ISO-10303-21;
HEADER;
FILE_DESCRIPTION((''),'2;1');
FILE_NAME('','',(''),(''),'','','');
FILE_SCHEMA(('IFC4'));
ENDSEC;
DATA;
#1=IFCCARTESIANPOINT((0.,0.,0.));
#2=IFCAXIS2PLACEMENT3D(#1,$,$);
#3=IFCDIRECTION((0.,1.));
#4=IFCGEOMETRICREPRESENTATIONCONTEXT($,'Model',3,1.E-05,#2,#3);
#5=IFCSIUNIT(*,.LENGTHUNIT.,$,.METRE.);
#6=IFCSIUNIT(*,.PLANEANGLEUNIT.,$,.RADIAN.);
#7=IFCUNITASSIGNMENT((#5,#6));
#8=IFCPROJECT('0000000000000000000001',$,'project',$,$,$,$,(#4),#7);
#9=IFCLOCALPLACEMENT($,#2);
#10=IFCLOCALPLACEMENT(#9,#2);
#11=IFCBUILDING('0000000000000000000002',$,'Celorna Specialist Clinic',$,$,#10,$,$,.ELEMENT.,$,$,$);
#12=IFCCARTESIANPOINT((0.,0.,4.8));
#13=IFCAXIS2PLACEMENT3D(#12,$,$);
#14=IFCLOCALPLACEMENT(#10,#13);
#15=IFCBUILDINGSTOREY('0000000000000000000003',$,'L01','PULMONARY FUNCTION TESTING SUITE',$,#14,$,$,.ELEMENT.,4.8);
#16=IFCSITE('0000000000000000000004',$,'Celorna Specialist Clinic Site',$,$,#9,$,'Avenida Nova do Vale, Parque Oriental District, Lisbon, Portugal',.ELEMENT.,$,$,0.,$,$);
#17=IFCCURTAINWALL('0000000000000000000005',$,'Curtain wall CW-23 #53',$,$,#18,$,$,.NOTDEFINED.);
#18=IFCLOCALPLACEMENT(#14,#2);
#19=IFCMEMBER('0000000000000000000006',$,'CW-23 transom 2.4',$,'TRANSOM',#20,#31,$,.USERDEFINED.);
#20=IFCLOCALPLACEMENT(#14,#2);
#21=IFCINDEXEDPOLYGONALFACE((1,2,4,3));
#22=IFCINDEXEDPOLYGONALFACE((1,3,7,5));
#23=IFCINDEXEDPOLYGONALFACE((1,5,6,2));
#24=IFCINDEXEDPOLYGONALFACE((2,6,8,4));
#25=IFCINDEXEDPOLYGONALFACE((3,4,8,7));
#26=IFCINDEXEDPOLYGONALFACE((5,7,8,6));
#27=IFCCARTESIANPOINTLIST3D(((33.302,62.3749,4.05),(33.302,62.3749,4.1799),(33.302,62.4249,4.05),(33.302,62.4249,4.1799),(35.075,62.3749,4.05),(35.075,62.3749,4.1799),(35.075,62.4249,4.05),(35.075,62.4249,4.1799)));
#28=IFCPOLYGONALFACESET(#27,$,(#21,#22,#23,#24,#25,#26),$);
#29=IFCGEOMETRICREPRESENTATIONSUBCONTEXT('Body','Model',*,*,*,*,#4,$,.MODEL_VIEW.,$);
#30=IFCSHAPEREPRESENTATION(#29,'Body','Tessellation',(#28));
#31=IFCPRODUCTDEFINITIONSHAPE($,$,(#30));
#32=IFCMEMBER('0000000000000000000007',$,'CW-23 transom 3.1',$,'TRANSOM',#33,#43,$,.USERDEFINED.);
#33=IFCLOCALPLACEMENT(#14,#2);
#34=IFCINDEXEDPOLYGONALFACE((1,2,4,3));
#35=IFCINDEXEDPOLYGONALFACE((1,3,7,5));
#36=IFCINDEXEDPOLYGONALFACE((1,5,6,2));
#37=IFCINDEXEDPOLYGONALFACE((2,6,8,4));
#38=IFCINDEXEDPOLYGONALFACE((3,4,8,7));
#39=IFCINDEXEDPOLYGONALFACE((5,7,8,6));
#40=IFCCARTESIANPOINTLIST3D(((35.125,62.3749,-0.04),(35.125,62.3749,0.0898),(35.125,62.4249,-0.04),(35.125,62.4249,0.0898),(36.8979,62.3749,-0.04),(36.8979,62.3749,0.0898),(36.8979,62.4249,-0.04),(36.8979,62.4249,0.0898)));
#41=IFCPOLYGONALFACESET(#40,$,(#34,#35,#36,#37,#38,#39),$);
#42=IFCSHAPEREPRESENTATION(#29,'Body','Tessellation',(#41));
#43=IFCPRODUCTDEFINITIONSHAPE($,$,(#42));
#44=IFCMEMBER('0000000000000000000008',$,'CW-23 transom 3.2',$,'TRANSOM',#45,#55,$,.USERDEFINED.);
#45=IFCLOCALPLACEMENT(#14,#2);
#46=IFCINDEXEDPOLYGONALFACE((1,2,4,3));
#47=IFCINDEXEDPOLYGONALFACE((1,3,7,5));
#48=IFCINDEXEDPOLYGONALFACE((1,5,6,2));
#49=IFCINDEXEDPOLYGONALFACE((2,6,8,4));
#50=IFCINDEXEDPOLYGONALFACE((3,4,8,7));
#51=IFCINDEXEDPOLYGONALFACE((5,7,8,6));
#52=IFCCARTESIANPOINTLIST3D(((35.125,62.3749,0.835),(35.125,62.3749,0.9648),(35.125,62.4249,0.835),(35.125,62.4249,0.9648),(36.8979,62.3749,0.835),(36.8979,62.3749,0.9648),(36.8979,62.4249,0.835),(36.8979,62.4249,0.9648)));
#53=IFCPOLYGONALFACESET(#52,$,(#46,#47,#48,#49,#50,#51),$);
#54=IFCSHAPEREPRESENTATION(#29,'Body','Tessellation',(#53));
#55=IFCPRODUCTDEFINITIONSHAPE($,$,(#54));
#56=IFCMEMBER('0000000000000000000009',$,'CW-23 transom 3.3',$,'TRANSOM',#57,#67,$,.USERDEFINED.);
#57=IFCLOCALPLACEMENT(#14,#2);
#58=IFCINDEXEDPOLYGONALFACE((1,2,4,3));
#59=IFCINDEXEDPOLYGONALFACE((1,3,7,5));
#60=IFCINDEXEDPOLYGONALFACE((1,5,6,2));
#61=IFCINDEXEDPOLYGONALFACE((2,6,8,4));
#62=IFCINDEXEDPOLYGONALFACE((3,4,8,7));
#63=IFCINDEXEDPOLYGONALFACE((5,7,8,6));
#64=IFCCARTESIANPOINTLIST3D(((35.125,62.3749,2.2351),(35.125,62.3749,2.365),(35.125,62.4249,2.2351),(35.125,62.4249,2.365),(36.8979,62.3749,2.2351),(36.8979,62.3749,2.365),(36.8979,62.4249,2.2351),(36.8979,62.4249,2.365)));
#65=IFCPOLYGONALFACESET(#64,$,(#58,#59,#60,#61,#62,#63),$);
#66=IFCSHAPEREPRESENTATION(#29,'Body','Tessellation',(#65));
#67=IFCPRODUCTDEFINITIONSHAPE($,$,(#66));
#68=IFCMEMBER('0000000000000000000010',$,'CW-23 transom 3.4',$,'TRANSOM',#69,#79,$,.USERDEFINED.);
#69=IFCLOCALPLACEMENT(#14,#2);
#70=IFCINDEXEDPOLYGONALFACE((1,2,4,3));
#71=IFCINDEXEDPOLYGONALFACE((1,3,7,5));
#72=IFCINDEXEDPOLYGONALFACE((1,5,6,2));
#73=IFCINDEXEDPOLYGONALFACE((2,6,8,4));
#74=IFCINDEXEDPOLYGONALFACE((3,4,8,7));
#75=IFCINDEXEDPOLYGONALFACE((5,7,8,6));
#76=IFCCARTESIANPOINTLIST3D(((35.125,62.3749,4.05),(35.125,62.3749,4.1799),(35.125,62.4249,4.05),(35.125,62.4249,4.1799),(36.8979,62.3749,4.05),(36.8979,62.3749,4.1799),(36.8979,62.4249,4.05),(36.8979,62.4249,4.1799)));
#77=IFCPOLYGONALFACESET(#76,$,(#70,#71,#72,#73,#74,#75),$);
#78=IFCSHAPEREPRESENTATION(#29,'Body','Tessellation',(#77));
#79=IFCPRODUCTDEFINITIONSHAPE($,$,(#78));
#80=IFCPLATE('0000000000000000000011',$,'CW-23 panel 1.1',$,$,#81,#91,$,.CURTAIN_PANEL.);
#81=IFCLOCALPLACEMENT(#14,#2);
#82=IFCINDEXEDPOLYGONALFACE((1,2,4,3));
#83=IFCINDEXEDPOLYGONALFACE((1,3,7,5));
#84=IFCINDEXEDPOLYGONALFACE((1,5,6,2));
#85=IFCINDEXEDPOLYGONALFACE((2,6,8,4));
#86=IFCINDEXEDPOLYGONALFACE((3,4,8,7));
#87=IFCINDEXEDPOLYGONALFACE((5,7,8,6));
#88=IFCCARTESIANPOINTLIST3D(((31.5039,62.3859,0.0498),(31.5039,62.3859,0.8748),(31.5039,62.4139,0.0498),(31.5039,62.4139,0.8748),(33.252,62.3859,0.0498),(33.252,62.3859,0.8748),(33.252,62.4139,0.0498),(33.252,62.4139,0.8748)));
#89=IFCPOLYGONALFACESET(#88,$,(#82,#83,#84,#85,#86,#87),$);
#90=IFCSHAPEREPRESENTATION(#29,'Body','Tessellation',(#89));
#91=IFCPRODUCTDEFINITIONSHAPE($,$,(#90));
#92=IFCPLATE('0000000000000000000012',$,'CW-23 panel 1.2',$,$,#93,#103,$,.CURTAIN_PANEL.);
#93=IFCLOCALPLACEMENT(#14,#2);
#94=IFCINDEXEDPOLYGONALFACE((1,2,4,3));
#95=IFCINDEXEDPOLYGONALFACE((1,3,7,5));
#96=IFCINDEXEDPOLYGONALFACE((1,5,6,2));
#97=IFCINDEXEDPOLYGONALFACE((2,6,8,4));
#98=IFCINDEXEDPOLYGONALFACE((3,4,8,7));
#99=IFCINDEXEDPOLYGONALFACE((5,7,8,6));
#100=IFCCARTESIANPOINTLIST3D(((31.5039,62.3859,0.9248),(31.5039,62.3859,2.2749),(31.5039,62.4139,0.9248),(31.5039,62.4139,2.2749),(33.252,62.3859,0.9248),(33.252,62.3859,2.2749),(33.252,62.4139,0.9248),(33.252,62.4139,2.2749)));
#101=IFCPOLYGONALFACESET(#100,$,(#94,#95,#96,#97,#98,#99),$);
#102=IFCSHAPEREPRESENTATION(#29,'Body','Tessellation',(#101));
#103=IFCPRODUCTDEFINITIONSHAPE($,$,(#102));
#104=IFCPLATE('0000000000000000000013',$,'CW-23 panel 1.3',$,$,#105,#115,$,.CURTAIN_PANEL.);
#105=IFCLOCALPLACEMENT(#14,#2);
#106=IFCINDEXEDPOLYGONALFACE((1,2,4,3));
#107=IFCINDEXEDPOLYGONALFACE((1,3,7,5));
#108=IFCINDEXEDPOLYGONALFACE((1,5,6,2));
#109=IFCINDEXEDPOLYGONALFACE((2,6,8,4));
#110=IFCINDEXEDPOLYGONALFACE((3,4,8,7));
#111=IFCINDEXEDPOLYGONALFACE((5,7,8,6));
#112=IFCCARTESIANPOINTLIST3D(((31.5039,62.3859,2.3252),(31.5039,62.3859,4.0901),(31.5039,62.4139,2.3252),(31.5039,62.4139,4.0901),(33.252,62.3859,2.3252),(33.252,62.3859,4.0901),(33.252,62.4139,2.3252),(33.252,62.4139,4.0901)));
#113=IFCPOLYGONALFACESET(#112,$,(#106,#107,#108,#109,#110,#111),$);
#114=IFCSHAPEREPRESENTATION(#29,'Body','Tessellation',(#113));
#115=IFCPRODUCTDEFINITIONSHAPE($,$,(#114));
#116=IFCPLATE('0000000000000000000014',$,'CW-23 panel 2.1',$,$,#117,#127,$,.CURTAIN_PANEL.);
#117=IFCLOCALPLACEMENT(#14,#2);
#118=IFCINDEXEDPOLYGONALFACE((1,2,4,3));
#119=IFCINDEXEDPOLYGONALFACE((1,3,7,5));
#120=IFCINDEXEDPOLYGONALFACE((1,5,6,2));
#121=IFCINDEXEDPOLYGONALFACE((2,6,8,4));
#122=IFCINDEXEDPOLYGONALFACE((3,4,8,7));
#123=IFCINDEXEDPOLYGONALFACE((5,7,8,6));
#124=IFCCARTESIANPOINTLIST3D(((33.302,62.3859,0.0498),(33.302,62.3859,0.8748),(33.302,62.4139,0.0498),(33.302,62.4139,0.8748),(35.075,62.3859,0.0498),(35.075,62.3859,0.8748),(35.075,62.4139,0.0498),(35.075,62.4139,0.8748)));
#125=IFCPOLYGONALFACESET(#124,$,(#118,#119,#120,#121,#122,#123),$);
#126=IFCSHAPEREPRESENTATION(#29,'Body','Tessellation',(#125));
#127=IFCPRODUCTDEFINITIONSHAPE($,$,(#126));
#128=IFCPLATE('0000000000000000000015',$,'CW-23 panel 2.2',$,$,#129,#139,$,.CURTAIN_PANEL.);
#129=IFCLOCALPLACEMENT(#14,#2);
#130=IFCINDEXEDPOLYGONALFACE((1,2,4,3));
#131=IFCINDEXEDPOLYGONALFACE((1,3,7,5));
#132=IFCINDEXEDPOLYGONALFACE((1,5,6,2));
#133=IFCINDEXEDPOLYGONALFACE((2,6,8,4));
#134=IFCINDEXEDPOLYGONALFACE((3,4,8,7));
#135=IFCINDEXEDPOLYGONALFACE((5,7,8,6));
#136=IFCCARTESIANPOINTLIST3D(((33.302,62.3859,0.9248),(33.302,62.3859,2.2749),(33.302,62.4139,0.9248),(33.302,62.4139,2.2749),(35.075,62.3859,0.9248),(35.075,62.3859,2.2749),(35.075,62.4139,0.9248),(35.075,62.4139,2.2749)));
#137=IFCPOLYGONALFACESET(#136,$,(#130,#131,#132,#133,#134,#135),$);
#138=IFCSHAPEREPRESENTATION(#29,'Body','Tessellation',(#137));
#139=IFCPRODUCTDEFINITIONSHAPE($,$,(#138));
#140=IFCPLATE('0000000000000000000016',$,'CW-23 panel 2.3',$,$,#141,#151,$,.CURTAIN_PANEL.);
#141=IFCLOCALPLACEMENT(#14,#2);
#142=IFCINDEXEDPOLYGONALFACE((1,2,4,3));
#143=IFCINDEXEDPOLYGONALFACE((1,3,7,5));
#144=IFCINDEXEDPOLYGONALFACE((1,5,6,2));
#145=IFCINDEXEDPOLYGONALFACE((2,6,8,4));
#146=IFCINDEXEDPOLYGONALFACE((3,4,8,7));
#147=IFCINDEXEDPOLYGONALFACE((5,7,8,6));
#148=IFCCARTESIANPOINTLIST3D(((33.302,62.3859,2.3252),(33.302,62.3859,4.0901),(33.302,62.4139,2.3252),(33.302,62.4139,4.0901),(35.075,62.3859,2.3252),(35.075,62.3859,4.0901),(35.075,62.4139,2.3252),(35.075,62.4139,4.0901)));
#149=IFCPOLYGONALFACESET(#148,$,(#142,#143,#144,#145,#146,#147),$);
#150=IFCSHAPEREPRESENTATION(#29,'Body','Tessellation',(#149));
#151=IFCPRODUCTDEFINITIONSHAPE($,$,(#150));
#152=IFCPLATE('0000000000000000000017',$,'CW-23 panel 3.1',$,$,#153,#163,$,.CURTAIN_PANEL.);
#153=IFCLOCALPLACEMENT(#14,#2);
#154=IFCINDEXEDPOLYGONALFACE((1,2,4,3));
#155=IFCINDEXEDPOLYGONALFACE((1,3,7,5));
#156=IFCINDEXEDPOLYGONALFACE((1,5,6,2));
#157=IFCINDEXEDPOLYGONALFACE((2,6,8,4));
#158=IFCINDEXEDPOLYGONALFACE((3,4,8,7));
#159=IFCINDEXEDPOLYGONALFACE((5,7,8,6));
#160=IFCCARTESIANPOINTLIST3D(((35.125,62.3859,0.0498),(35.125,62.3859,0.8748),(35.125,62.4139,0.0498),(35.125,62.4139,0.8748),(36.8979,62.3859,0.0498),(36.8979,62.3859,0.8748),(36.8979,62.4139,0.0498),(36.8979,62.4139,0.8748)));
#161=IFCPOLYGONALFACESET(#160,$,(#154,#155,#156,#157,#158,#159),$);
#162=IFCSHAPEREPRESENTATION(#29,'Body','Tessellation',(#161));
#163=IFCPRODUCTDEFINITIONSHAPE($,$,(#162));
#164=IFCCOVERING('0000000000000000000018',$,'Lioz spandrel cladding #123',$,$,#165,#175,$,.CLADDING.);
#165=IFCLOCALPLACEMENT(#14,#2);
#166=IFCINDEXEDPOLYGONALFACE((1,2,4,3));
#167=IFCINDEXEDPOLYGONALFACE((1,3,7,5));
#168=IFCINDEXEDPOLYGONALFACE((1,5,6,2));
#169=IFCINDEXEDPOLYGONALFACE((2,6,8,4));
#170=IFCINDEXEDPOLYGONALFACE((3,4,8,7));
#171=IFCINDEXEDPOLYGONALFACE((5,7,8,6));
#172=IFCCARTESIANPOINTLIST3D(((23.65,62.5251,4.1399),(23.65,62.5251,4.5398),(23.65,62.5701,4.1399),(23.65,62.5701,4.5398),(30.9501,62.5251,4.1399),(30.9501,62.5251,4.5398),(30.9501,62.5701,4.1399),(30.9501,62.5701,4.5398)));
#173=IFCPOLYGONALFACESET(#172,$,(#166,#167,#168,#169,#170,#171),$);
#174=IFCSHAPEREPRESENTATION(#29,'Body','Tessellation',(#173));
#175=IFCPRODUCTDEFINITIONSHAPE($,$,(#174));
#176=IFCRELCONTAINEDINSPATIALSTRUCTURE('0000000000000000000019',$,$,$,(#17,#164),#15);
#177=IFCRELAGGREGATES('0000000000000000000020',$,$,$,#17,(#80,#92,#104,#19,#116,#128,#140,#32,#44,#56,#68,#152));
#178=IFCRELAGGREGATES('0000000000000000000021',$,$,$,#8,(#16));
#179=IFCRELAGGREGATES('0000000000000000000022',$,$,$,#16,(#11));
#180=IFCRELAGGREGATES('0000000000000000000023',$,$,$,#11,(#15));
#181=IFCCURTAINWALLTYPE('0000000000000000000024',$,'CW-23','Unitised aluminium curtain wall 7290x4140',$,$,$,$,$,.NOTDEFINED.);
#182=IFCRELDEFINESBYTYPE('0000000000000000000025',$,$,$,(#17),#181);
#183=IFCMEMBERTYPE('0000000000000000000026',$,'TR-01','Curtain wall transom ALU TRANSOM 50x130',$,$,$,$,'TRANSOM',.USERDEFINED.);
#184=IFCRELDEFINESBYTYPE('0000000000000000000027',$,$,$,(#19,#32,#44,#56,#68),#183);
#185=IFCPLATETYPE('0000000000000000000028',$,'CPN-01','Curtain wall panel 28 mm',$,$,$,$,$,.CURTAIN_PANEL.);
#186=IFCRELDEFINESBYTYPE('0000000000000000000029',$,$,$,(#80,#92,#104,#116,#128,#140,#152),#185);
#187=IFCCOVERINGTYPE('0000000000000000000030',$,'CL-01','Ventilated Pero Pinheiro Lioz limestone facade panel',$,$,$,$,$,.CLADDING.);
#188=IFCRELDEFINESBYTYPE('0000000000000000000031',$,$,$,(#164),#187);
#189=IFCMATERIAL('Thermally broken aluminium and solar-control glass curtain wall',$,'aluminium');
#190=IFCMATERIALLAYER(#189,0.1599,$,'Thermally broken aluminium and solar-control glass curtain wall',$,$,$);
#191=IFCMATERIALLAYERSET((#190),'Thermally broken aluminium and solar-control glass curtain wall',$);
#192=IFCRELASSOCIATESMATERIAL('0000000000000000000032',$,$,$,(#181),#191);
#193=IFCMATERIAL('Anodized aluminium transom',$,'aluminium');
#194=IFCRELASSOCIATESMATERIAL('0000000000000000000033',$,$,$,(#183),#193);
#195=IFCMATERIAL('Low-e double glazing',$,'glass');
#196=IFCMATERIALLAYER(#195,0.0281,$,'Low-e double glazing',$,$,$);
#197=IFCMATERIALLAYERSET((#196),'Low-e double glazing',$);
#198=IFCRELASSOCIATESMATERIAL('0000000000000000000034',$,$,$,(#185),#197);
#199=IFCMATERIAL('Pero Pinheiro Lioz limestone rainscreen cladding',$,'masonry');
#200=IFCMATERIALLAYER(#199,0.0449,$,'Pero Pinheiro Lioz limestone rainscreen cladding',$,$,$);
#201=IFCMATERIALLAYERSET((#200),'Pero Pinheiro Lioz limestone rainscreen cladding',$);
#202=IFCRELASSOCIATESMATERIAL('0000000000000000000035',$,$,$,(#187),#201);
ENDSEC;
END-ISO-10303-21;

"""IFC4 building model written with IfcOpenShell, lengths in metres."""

from ifc_helpers import new_model, si_unit, direction, frame, origin, origin_2d, place, context, subcontext, project, spatial, rectangle, extrude, material, layer, layer_set, material_profile, profile_set, type_object, element, aggregate, save


model = new_model("IFC4")

# Units and contexts
model_context = context("Model", 3, precision=1e-05, world=origin(), true_north=direction((0.0, 1.0)))
body_context = subcontext(model_context, "Body", "Model", "MODEL_VIEW")
ifc_project = project(units=[si_unit("LENGTHUNIT", "METRE"), si_unit("PLANEANGLEUNIT", "RADIAN")], contexts=[model_context])

# Site, building, storey
site_placement = place(None, origin())
site = spatial("IfcSite", under=ifc_project, at=site_placement, Name="Celorna Specialist Clinic Site", LongName="Avenida Nova do Vale, Parque Oriental District, Lisbon, Portugal", CompositionType="ELEMENT", RefElevation=0.0)
building_placement = place(site_placement, origin())
building = spatial("IfcBuilding", under=site, at=building_placement, Name="Celorna Specialist Clinic", CompositionType="ELEMENT")
storey_placement = place(building_placement, frame((0.0, 0.0, 4.8)))
storey = spatial("IfcBuildingStorey", under=building, at=storey_placement, Name="L01", Description="PULMONARY FUNCTION TESTING SUITE", CompositionType="ELEMENT", Elevation=4.8)

# Curtain wall, members, plates
ifc_material_1 = material(Name="Thermally broken aluminium and solar-control glass curtain wall", Category="aluminium")
ifc_layer_1 = layer(ifc_material_1, 0.1599, Name="Thermally broken aluminium and solar-control glass curtain wall")
ifc_layer_set_1 = layer_set([ifc_layer_1], Name="Thermally broken aluminium and solar-control glass curtain wall")
curtain_wall_type = type_object("IfcCurtainWallType", Name="CW-23", Description="Unitised aluminium curtain wall 7290x4140", PredefinedType="NOTDEFINED", material=ifc_layer_set_1)
curtain_wall_placement = place(storey_placement, origin())
curtain_wall = element("IfcCurtainWall", 1, at=curtain_wall_placement, inside=storey, type_object=curtain_wall_type, Name="Curtain wall CW-23 #53", PredefinedType="NOTDEFINED")
ifc_material_2 = material(Name="Anodized aluminium transom", Category="aluminium")
ifc_material_profile_1 = material_profile(ifc_material_2, rectangle(XDim=0.05, YDim=0.1299, at=origin_2d()), Name="ALU TRANSOM 50x130")
ifc_profile_set_1 = profile_set([ifc_material_profile_1], Name="Anodized aluminium transom")
member_type_1 = type_object("IfcMemberType", Name="TR-01", Description="Curtain wall transom ALU TRANSOM 50x130", ElementType="TRANSOM", PredefinedType="USERDEFINED", material=ifc_profile_set_1)
member_1_placement = place(storey_placement, frame((33.302, 62.3999, 4.115), z_axis=(1.0, 0.0, 0.0), x_axis=(0.0, 1.0, 0.0)))
member_1 = element("IfcMember", 2, at=member_1_placement, type_object=member_type_1, Name="CW-23 transom 2.4", ObjectType="TRANSOM", PredefinedType="USERDEFINED", context=body_context, shape_type="SweptSolid", body=[
    extrude(rectangle(XDim=0.05, YDim=0.1299, at=origin_2d()), origin(), (0.0, 0.0, 1.0), 1.7729),
])
member_2_placement = place(storey_placement, frame((35.125, 62.3999, 0.0249), z_axis=(1.0, 0.0, 0.0), x_axis=(0.0, 1.0, 0.0)))
member_2 = element("IfcMember", 3, at=member_2_placement, type_object=member_type_1, Name="CW-23 transom 3.1", ObjectType="TRANSOM", PredefinedType="USERDEFINED", context=body_context, shape_type="SweptSolid", body=[
    extrude(rectangle(XDim=0.05, YDim=0.1299, at=origin_2d()), origin(), (0.0, 0.0, 1.0), 1.7729),
])
member_3_placement = place(storey_placement, frame((35.125, 62.3999, 0.8999), z_axis=(1.0, 0.0, 0.0), x_axis=(0.0, 1.0, 0.0)))
member_3 = element("IfcMember", 4, at=member_3_placement, type_object=member_type_1, Name="CW-23 transom 3.2", ObjectType="TRANSOM", PredefinedType="USERDEFINED", context=body_context, shape_type="SweptSolid", body=[
    extrude(rectangle(XDim=0.05, YDim=0.1299, at=origin_2d()), origin(), (0.0, 0.0, 1.0), 1.7729),
])
member_4_placement = place(storey_placement, frame((35.125, 62.3999, 2.3), z_axis=(1.0, 0.0, 0.0), x_axis=(0.0, 1.0, 0.0)))
member_4 = element("IfcMember", 5, at=member_4_placement, type_object=member_type_1, Name="CW-23 transom 3.3", ObjectType="TRANSOM", PredefinedType="USERDEFINED", context=body_context, shape_type="SweptSolid", body=[
    extrude(rectangle(XDim=0.05, YDim=0.1299, at=origin_2d()), origin(), (0.0, 0.0, 1.0), 1.7729),
])
member_5_placement = place(storey_placement, frame((35.125, 62.3999, 4.115), z_axis=(1.0, 0.0, 0.0), x_axis=(0.0, 1.0, 0.0)))
member_5 = element("IfcMember", 6, at=member_5_placement, type_object=member_type_1, Name="CW-23 transom 3.4", ObjectType="TRANSOM", PredefinedType="USERDEFINED", context=body_context, shape_type="SweptSolid", body=[
    extrude(rectangle(XDim=0.05, YDim=0.1299, at=origin_2d()), origin(), (0.0, 0.0, 1.0), 1.7729),
])
ifc_material_3 = material(Name="Low-e double glazing", Category="glass")
ifc_layer_2 = layer(ifc_material_3, 0.0281, Name="Low-e double glazing")
ifc_layer_set_2 = layer_set([ifc_layer_2], Name="Low-e double glazing")
plate_type = type_object("IfcPlateType", Name="CPN-01", Description="Curtain wall panel 28 mm", PredefinedType="CURTAIN_PANEL", material=ifc_layer_set_2)
plate_1_placement = place(storey_placement, frame((32.3779, 62.3999, 0.0498), z_axis=(0.0, 0.0, 1.0), x_axis=(1.0, 0.0, 0.0)))
plate_1 = element("IfcPlate", 7, at=plate_1_placement, type_object=plate_type, Name="CW-23 panel 1.1", PredefinedType="CURTAIN_PANEL", context=body_context, shape_type="SweptSolid", body=[
    extrude(rectangle(XDim=1.748, YDim=0.0281, at=origin_2d()), origin(), (0.0, 0.0, 1.0), 0.825),
])
plate_2_placement = place(storey_placement, frame((32.3779, 62.3999, 0.9248), z_axis=(0.0, 0.0, 1.0), x_axis=(1.0, 0.0, 0.0)))
plate_2 = element("IfcPlate", 8, at=plate_2_placement, type_object=plate_type, Name="CW-23 panel 1.2", PredefinedType="CURTAIN_PANEL", context=body_context, shape_type="SweptSolid", body=[
    extrude(rectangle(XDim=1.748, YDim=0.0281, at=origin_2d()), origin(), (0.0, 0.0, 1.0), 1.3501),
])
plate_3_placement = place(storey_placement, frame((32.3779, 62.3999, 2.3252), z_axis=(0.0, 0.0, 1.0), x_axis=(1.0, 0.0, 0.0)))
plate_3 = element("IfcPlate", 9, at=plate_3_placement, type_object=plate_type, Name="CW-23 panel 1.3", PredefinedType="CURTAIN_PANEL", context=body_context, shape_type="SweptSolid", body=[
    extrude(rectangle(XDim=1.748, YDim=0.0281, at=origin_2d()), origin(), (0.0, 0.0, 1.0), 1.7649),
])
plate_4_placement = place(storey_placement, frame((34.1885, 62.3999, 0.0498), z_axis=(0.0, 0.0, 1.0), x_axis=(1.0, 0.0, 0.0)))
plate_4 = element("IfcPlate", 10, at=plate_4_placement, type_object=plate_type, Name="CW-23 panel 2.1", PredefinedType="CURTAIN_PANEL", context=body_context, shape_type="SweptSolid", body=[
    extrude(rectangle(XDim=1.7729, YDim=0.0281, at=origin_2d()), origin(), (0.0, 0.0, 1.0), 0.825),
])
plate_5_placement = place(storey_placement, frame((34.1885, 62.3999, 0.9248), z_axis=(0.0, 0.0, 1.0), x_axis=(1.0, 0.0, 0.0)))
plate_5 = element("IfcPlate", 11, at=plate_5_placement, type_object=plate_type, Name="CW-23 panel 2.2", PredefinedType="CURTAIN_PANEL", context=body_context, shape_type="SweptSolid", body=[
    extrude(rectangle(XDim=1.7729, YDim=0.0281, at=origin_2d()), origin(), (0.0, 0.0, 1.0), 1.3501),
])
plate_6_placement = place(storey_placement, frame((34.1885, 62.3999, 2.3252), z_axis=(0.0, 0.0, 1.0), x_axis=(1.0, 0.0, 0.0)))
plate_6 = element("IfcPlate", 12, at=plate_6_placement, type_object=plate_type, Name="CW-23 panel 2.3", PredefinedType="CURTAIN_PANEL", context=body_context, shape_type="SweptSolid", body=[
    extrude(rectangle(XDim=1.7729, YDim=0.0281, at=origin_2d()), origin(), (0.0, 0.0, 1.0), 1.7649),
])
plate_7_placement = place(storey_placement, frame((36.0115, 62.3999, 0.0498), z_axis=(0.0, 0.0, 1.0), x_axis=(1.0, 0.0, 0.0)))
plate_7 = element("IfcPlate", 13, at=plate_7_placement, type_object=plate_type, Name="CW-23 panel 3.1", PredefinedType="CURTAIN_PANEL", context=body_context, shape_type="SweptSolid", body=[
    extrude(rectangle(XDim=1.7729, YDim=0.0281, at=origin_2d()), origin(), (0.0, 0.0, 1.0), 0.825),
])
aggregate(curtain_wall, [plate_1, plate_2, plate_3, member_1, plate_4, plate_5, plate_6, member_2, member_3, member_4, member_5, plate_7])

# Covering
ifc_material_4 = material(Name="Pero Pinheiro Lioz limestone rainscreen cladding", Category="masonry")
ifc_layer_3 = layer(ifc_material_4, 0.0449, Name="Pero Pinheiro Lioz limestone rainscreen cladding")
ifc_layer_set_3 = layer_set([ifc_layer_3], Name="Pero Pinheiro Lioz limestone rainscreen cladding")
covering_type = type_object("IfcCoveringType", Name="CL-01", Description="Ventilated Pero Pinheiro Lioz limestone facade panel", PredefinedType="CLADDING", material=ifc_layer_set_3)
covering_placement = place(storey_placement, frame((27.3, 62.5476, 4.1399), z_axis=(0.0, 0.0, 1.0), x_axis=(1.0, 0.0, 0.0)))
element("IfcCovering", 14, at=covering_placement, inside=storey, type_object=covering_type, Name="Lioz spandrel cladding #123", PredefinedType="CLADDING", context=body_context, shape_type="SweptSolid", body=[
    extrude(rectangle(XDim=7.3, YDim=0.0449, at=origin_2d()), origin(), (0.0, 0.0, 1.0), 0.3999),
])

save(model, "model.ifc")
